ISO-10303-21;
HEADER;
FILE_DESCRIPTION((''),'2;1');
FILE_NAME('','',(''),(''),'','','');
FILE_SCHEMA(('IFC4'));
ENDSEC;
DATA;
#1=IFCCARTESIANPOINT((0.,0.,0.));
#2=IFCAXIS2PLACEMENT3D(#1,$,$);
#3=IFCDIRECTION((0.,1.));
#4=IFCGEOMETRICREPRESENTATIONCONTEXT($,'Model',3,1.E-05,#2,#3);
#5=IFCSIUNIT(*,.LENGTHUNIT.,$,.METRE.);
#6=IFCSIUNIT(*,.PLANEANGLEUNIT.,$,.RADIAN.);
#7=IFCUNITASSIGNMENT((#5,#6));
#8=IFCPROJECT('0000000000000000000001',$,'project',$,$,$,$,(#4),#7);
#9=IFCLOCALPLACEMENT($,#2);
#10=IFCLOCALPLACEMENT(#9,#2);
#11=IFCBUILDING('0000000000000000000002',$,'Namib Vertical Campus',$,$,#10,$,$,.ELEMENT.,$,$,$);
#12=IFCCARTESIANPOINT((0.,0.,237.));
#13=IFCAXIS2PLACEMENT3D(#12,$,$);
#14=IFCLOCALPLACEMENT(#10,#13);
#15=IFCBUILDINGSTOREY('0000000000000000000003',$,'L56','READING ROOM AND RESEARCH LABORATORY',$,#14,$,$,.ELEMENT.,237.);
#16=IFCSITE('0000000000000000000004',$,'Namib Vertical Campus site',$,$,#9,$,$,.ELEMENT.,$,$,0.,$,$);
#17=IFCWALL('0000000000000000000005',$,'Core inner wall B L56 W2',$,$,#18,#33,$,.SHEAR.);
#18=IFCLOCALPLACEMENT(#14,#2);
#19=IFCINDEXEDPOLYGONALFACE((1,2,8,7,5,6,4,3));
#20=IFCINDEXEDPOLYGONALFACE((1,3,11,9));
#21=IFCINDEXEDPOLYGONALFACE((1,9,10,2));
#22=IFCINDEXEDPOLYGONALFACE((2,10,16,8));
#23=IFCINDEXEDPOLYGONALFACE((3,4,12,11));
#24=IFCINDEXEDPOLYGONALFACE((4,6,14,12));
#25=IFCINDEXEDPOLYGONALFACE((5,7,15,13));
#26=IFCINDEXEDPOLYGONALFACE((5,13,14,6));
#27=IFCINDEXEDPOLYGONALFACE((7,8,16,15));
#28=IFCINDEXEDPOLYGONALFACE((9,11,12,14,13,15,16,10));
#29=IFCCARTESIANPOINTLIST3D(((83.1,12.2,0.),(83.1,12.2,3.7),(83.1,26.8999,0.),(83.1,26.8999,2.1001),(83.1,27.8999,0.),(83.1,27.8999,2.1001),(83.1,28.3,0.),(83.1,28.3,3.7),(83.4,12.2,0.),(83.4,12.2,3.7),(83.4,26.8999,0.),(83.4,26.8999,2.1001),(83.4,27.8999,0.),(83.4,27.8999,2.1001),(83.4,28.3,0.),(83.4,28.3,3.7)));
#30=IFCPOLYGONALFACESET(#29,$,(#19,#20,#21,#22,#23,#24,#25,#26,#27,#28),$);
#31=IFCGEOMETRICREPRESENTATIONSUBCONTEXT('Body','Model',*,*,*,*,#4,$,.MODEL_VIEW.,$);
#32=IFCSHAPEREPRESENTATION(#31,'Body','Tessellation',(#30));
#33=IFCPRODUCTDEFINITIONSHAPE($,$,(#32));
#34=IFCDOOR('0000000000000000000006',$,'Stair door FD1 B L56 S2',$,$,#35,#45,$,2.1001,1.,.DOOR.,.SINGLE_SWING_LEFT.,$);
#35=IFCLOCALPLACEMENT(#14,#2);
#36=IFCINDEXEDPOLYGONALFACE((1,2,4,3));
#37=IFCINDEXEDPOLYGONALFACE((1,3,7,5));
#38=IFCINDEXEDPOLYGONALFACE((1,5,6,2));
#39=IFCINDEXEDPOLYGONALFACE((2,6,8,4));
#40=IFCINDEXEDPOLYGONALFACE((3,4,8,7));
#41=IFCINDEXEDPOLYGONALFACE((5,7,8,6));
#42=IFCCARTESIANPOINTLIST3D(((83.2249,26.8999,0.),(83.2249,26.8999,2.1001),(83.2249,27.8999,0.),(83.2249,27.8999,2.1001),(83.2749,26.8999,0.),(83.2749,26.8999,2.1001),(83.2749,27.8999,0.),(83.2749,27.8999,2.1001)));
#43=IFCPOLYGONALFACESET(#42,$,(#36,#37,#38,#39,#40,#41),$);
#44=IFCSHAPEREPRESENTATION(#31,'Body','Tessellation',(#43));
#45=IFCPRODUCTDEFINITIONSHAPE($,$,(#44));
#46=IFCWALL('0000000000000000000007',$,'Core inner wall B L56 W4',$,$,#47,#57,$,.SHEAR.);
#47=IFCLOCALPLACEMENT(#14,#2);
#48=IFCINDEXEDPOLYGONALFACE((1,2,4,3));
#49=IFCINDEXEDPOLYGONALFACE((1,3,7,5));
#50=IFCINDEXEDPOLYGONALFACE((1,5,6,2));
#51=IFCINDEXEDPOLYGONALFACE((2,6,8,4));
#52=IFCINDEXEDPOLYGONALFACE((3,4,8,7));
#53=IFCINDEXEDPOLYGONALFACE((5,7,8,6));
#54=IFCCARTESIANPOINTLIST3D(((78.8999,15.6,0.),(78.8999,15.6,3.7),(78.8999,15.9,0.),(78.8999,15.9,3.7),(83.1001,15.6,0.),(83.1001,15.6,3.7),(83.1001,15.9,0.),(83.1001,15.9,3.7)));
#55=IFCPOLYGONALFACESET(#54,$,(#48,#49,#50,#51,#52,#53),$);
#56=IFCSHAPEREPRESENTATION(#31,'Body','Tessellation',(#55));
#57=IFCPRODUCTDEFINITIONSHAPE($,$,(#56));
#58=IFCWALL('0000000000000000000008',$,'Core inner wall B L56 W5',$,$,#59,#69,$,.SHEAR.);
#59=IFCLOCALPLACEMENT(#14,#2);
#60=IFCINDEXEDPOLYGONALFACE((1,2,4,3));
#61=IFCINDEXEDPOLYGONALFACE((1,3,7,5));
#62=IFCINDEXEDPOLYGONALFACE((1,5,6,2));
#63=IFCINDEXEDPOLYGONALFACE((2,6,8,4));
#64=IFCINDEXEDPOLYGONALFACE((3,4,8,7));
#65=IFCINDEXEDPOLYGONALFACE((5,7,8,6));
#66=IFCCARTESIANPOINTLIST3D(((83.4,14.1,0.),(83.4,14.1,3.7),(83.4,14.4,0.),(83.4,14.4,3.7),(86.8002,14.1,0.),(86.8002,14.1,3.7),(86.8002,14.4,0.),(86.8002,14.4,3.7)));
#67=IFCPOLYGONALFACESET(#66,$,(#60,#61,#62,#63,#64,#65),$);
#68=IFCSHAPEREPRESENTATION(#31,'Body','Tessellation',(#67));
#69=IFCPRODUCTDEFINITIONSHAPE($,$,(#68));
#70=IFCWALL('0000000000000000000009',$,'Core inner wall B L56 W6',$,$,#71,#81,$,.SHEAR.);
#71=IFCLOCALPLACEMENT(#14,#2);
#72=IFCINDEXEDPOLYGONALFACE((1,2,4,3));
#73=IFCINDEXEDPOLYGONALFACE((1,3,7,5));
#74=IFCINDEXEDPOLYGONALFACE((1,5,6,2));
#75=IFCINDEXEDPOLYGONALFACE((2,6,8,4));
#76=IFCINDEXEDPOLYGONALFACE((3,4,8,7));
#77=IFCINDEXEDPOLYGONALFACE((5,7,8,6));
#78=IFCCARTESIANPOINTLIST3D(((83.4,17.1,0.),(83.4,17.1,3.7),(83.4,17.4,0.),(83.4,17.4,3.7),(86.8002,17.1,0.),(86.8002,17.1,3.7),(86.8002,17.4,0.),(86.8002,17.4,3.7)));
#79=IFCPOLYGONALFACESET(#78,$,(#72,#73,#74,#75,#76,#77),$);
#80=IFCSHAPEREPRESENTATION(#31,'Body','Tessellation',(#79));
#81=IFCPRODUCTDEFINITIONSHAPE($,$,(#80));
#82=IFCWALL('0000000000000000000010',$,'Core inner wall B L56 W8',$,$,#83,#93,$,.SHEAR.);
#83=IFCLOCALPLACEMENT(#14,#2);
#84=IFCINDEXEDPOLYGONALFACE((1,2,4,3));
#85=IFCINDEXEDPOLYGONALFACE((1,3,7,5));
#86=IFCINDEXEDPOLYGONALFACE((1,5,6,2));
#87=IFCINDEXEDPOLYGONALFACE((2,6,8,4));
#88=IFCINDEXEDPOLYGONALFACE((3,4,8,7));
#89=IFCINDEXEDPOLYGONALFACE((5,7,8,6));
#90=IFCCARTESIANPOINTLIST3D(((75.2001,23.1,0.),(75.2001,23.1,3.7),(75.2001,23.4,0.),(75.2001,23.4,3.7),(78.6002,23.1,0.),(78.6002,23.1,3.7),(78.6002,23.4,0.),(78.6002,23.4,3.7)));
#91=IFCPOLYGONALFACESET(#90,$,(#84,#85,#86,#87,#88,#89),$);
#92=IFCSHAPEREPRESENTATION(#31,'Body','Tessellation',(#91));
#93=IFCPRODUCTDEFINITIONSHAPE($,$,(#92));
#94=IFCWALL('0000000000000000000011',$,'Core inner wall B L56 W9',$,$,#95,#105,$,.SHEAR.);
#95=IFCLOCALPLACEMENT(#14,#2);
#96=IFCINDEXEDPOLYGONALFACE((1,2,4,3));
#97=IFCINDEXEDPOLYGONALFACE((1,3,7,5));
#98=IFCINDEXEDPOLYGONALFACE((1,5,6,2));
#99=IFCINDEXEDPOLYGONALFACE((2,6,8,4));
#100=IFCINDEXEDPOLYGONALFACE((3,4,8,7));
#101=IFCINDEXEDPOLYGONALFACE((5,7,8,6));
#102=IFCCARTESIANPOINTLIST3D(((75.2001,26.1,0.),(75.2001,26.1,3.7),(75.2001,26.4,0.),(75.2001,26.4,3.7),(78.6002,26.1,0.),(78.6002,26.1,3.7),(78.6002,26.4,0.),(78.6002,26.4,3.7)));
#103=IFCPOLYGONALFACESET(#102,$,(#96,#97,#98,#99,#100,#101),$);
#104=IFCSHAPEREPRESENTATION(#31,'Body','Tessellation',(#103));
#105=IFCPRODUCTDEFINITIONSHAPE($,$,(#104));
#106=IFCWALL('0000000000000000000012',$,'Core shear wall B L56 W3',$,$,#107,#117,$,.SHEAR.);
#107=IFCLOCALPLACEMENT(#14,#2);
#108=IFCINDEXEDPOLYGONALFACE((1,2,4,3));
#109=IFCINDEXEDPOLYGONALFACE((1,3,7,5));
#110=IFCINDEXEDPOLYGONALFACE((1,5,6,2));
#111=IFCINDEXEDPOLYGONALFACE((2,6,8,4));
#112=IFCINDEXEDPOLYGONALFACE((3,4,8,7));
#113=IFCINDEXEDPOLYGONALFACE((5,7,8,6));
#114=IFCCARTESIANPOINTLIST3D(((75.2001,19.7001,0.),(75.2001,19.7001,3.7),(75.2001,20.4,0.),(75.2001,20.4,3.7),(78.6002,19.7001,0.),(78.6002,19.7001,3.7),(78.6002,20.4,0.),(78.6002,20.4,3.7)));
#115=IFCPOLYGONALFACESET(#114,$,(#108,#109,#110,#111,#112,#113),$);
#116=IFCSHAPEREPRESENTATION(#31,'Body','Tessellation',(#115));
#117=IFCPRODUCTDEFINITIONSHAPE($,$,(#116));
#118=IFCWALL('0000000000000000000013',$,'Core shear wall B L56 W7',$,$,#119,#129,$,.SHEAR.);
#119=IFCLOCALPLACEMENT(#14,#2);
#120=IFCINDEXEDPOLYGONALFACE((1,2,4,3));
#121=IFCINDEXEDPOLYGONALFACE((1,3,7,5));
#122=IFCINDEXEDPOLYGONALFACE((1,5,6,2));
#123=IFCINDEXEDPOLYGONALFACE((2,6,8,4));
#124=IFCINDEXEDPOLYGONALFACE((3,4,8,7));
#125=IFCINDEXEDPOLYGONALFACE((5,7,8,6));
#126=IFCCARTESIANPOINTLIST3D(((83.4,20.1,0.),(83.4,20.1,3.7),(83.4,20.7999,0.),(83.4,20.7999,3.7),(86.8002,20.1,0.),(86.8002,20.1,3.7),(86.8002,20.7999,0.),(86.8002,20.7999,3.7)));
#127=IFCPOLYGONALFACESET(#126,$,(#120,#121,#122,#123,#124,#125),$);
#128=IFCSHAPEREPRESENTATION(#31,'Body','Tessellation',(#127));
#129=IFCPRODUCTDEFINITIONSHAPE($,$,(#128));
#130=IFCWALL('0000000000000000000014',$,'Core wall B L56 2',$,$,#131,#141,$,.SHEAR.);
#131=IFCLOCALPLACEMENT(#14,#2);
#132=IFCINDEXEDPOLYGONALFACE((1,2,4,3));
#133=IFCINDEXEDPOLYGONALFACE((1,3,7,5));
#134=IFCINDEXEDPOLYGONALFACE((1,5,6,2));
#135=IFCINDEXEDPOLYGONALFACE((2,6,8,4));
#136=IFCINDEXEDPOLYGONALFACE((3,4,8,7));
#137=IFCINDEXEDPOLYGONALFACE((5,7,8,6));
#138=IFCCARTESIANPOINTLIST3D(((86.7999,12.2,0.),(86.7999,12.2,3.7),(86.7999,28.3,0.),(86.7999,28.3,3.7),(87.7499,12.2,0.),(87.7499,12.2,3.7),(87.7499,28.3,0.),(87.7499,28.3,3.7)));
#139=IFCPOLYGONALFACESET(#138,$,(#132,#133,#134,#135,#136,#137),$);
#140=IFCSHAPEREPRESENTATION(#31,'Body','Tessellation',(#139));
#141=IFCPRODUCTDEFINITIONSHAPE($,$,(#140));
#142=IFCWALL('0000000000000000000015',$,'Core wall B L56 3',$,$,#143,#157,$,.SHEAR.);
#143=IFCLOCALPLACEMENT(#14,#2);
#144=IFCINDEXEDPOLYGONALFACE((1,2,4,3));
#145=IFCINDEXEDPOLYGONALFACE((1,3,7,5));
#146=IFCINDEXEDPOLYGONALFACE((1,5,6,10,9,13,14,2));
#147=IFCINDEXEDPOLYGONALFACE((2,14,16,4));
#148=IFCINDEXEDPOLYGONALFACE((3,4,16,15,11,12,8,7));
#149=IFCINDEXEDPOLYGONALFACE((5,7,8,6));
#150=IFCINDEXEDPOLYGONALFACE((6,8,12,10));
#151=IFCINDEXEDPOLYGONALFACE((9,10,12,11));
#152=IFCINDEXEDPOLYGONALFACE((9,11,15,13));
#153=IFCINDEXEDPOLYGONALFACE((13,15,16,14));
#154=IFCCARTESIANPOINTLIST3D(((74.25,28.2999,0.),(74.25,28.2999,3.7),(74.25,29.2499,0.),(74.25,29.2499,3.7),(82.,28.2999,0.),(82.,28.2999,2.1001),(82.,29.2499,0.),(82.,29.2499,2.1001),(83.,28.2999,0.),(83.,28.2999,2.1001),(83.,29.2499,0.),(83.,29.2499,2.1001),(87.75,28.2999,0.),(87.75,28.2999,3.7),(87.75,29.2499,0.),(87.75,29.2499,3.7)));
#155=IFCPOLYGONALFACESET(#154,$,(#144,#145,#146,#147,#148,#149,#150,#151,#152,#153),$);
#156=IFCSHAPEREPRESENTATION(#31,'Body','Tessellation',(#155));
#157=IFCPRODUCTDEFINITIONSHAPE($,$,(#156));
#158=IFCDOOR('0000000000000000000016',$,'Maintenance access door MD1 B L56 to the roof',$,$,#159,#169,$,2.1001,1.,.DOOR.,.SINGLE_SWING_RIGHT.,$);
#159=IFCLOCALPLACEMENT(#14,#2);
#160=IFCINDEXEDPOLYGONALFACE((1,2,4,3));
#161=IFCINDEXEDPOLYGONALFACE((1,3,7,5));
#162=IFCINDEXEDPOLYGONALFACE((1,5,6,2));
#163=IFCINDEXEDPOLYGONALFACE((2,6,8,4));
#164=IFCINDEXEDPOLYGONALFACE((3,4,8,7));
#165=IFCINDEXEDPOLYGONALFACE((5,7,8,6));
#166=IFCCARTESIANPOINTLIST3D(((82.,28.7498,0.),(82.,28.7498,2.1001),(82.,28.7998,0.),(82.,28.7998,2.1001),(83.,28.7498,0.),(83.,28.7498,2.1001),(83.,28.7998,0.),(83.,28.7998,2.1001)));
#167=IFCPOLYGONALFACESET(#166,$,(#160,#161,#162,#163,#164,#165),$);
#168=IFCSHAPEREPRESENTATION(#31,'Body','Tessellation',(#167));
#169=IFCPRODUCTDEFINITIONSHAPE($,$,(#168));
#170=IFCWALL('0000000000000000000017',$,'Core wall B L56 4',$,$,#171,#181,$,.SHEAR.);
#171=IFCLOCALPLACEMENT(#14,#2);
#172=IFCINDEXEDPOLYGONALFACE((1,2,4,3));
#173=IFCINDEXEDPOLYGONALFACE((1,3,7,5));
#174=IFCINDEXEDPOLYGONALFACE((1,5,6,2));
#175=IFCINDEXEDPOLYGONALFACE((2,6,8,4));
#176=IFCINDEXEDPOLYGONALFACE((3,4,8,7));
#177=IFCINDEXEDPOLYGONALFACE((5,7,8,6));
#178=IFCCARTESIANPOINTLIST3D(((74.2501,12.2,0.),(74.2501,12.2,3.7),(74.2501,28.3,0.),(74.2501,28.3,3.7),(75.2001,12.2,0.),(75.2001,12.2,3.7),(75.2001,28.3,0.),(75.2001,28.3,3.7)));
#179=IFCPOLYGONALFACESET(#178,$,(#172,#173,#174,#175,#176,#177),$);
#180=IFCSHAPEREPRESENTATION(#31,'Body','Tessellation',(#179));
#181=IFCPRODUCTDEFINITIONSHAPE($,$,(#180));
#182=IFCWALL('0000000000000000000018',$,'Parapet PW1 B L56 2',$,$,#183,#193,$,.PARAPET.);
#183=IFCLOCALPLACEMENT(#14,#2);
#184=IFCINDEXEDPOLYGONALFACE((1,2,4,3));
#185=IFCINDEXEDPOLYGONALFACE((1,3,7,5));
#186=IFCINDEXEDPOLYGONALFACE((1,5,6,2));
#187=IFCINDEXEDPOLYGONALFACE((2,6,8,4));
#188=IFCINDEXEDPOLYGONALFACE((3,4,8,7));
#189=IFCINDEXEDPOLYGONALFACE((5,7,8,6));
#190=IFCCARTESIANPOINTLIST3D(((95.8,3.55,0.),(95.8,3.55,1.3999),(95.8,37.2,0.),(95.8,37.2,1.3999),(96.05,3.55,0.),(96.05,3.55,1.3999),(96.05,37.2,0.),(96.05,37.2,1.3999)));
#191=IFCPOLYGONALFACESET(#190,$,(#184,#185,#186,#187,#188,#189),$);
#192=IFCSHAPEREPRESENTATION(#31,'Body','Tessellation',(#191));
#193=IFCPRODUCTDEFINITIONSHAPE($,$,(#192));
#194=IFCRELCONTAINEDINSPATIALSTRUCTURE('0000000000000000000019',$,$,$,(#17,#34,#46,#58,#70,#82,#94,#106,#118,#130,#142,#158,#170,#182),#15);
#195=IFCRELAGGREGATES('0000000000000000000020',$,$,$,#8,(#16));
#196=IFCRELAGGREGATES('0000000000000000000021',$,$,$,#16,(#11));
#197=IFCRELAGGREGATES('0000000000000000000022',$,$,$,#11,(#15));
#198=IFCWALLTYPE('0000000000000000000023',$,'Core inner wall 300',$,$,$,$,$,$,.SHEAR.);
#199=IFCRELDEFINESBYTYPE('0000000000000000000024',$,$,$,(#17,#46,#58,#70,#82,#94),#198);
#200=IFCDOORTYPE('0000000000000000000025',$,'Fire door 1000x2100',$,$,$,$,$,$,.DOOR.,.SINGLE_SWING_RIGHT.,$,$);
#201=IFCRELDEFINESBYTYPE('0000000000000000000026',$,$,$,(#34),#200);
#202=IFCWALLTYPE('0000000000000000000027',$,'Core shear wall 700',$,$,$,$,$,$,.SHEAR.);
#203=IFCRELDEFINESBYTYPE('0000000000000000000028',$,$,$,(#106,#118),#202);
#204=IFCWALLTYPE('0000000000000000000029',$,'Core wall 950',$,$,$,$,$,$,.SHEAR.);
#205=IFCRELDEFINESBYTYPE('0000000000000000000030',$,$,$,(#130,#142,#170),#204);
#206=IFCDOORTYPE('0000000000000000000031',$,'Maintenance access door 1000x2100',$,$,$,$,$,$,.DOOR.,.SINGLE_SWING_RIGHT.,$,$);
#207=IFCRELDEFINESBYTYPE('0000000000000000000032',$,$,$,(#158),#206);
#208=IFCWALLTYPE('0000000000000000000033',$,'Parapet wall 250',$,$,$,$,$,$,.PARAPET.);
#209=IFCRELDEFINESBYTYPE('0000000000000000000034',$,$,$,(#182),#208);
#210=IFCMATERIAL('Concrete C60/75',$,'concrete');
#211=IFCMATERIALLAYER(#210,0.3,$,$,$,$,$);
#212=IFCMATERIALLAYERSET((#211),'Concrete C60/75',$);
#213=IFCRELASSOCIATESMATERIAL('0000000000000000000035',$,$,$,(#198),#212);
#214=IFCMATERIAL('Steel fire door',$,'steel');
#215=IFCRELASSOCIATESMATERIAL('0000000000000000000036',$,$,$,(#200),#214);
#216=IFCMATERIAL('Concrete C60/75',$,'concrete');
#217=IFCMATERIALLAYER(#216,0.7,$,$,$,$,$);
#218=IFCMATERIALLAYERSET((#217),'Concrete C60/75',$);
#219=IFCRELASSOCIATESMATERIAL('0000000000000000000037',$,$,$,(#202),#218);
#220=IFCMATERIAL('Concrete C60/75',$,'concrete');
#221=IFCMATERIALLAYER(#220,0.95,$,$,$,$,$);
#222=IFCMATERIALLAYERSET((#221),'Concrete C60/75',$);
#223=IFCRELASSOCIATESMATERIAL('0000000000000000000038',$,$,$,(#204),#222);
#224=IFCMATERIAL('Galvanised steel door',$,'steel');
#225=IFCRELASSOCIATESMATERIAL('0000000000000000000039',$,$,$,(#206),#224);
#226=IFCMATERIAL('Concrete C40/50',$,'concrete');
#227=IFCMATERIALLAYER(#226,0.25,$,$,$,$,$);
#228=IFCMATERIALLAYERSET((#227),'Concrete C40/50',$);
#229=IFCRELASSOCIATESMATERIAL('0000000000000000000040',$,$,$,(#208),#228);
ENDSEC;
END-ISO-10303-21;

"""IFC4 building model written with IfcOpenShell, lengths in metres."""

from ifc_helpers import new_model, si_unit, direction, frame, frame_2d, origin, place, context, subcontext, project, spatial, rectangle, extrude, material, layer, layer_set, type_object, element, fill, save


model = new_model("IFC4")

# Units and contexts
model_context = context("Model", 3, precision=1e-05, world=origin(), true_north=direction((0.0, 1.0)))
body_context = subcontext(model_context, "Body", "Model", "MODEL_VIEW")
ifc_project = project(units=[si_unit("LENGTHUNIT", "METRE"), si_unit("PLANEANGLEUNIT", "RADIAN")], contexts=[model_context])

# Site, building, storey
site_placement = place(None, origin())
site = spatial("IfcSite", under=ifc_project, at=site_placement, Name="Namib Vertical Campus site", CompositionType="ELEMENT", RefElevation=0.0)
building_placement = place(site_placement, origin())
building = spatial("IfcBuilding", under=site, at=building_placement, Name="Namib Vertical Campus", CompositionType="ELEMENT")
storey_placement = place(building_placement, frame((0.0, 0.0, 237.0)))
storey = spatial("IfcBuildingStorey", under=building, at=storey_placement, Name="L56", Description="READING ROOM AND RESEARCH LABORATORY", CompositionType="ELEMENT", Elevation=237.0)

# Shared definitions
ifc_material_1 = material(Name="Concrete C60/75", Category="concrete")
ifc_layer_1 = layer(ifc_material_1, 0.3)
ifc_layer_set_1 = layer_set([ifc_layer_1], Name="Concrete C60/75")
wall_type_1 = type_object("IfcWallType", Name="Core inner wall 300", PredefinedType="SHEAR", material=ifc_layer_set_1)

# Wall, opening, door
wall_1_placement = place(storey_placement, frame((83.25, 12.2, 0.0), z_axis=(0.0, 0.0, 1.0), x_axis=(0.0, 1.0, 0.0)))
wall_1 = element("IfcWall", 1, at=wall_1_placement, inside=storey, type_object=wall_type_1, Name="Core inner wall B L56 W2", PredefinedType="SHEAR", context=body_context, shape_type="SweptSolid", body=[
    extrude(rectangle(XDim=16.1001, YDim=0.3, at=frame_2d((8.05, 0.0))), origin(), (0.0, 0.0, 1.0), 3.7),
])
opening_1_placement = place(wall_1_placement, frame((14.7, 0.0, 0.0)))
opening_1 = element("IfcOpeningElement", 2, at=opening_1_placement, cuts=wall_1, PredefinedType="OPENING", context=body_context, shape_type="SweptSolid", body=[
    extrude(rectangle(XDim=1.0, YDim=2.1001, at=frame_2d((0.5, 1.05))), frame((0.0, 0.1599, 0.0), z_axis=(0.0, -1.0, 0.0), x_axis=(1.0, 0.0, 0.0)), (0.0, 0.0, 1.0), 0.3201),
])
ifc_material_2 = material(Name="Steel fire door", Category="steel")
door_type_1 = type_object("IfcDoorType", Name="Fire door 1000x2100", OperationType="SINGLE_SWING_RIGHT", PredefinedType="DOOR", material=ifc_material_2)
door_1_placement = place(opening_1_placement, frame((1.0, 0.0, 0.0), z_axis=(0.0, 0.0, 1.0), x_axis=(-1.0, 0.0, 0.0)))
door_1 = element("IfcDoor", 3, at=door_1_placement, inside=storey, type_object=door_type_1, Name="Stair door FD1 B L56 S2", OperationType="SINGLE_SWING_LEFT", OverallHeight=2.1001, OverallWidth=1.0, PredefinedType="DOOR", context=body_context, shape_type="SweptSolid", body=[
    extrude(rectangle(XDim=1.0, YDim=2.1001, at=frame_2d((0.5, 1.05))), frame((0.0, 0.0249, 0.0), z_axis=(0.0, -1.0, 0.0), x_axis=(1.0, 0.0, 0.0)), (0.0, 0.0, 1.0), 0.05),
])
fill(opening_1, door_1)

# Walls
wall_2_placement = place(storey_placement, frame((78.8999, 15.75, 0.0), z_axis=(0.0, 0.0, 1.0), x_axis=(1.0, 0.0, 0.0)))
element("IfcWall", 4, at=wall_2_placement, inside=storey, type_object=wall_type_1, Name="Core inner wall B L56 W4", PredefinedType="SHEAR", context=body_context, shape_type="SweptSolid", body=[
    extrude(rectangle(XDim=4.2002, YDim=0.3, at=frame_2d((2.1001, 0.0))), origin(), (0.0, 0.0, 1.0), 3.7),
])
for number, where, z_axis, x_axis, name in (
    (5, (83.3999, 14.25, 0.0), (0.0, 0.0, 1.0), (1.0, 0.0, 0.0), "Core inner wall B L56 W5"),
    (6, (83.3999, 17.25, 0.0), (0.0, 0.0, 1.0), (1.0, 0.0, 0.0), "Core inner wall B L56 W6"),
    (7, (75.2, 23.25, 0.0), (0.0, 0.0, 1.0), (1.0, 0.0, 0.0), "Core inner wall B L56 W8"),
    (8, (75.2, 26.25, 0.0), (0.0, 0.0, 1.0), (1.0, 0.0, 0.0), "Core inner wall B L56 W9"),
):
    element("IfcWall", number, at=place(storey_placement, frame(where, z_axis=z_axis, x_axis=x_axis)), inside=storey, type_object=wall_type_1, Name=name, PredefinedType="SHEAR", context=body_context, shape_type="SweptSolid", body=[
        extrude(rectangle(XDim=3.4001, YDim=0.3, at=frame_2d((1.7002, 0.0))), origin(), (0.0, 0.0, 1.0), 3.7),
    ])
ifc_material_3 = material(Name="Concrete C60/75", Category="concrete")
ifc_layer_2 = layer(ifc_material_3, 0.7)
ifc_layer_set_2 = layer_set([ifc_layer_2], Name="Concrete C60/75")
wall_type_2 = type_object("IfcWallType", Name="Core shear wall 700", PredefinedType="SHEAR", material=ifc_layer_set_2)
for number, where, z_axis, x_axis, name in (
    (9, (75.2, 20.05, 0.0), (0.0, 0.0, 1.0), (1.0, 0.0, 0.0), "Core shear wall B L56 W3"),
    (10, (83.3999, 20.45, 0.0), (0.0, 0.0, 1.0), (1.0, 0.0, 0.0), "Core shear wall B L56 W7"),
):
    element("IfcWall", number, at=place(storey_placement, frame(where, z_axis=z_axis, x_axis=x_axis)), inside=storey, type_object=wall_type_2, Name=name, PredefinedType="SHEAR", context=body_context, shape_type="SweptSolid", body=[
        extrude(rectangle(XDim=3.4001, YDim=0.7, at=frame_2d((1.7002, 0.0))), origin(), (0.0, 0.0, 1.0), 3.7),
    ])
ifc_material_4 = material(Name="Concrete C60/75", Category="concrete")
ifc_layer_3 = layer(ifc_material_4, 0.95)
ifc_layer_set_3 = layer_set([ifc_layer_3], Name="Concrete C60/75")
wall_type_3 = type_object("IfcWallType", Name="Core wall 950", PredefinedType="SHEAR", material=ifc_layer_set_3)
wall_3_placement = place(storey_placement, frame((87.2749, 12.2, 0.0), z_axis=(0.0, 0.0, 1.0), x_axis=(0.0, 1.0, 0.0)))
element("IfcWall", 11, at=wall_3_placement, inside=storey, type_object=wall_type_3, Name="Core wall B L56 2", PredefinedType="SHEAR", context=body_context, shape_type="SweptSolid", body=[
    extrude(rectangle(XDim=16.1001, YDim=0.95, at=frame_2d((8.05, 0.0))), origin(), (0.0, 0.0, 1.0), 3.7),
])

# Wall, opening, door
wall_4_placement = place(storey_placement, frame((87.75, 28.7749, 0.0), z_axis=(0.0, 0.0, 1.0), x_axis=(-1.0, 0.0, 0.0)))
wall_4 = element("IfcWall", 12, at=wall_4_placement, inside=storey, type_object=wall_type_3, Name="Core wall B L56 3", PredefinedType="SHEAR", context=body_context, shape_type="SweptSolid", body=[
    extrude(rectangle(XDim=13.5, YDim=0.95, at=frame_2d((6.75, 0.0))), origin(), (0.0, 0.0, 1.0), 3.7),
])
opening_2_placement = place(wall_4_placement, frame((4.75, 0.0, 0.0)))
opening_2 = element("IfcOpeningElement", 13, at=opening_2_placement, cuts=wall_4, PredefinedType="OPENING", context=body_context, shape_type="SweptSolid", body=[
    extrude(rectangle(XDim=1.0, YDim=2.1001, at=frame_2d((0.5, 1.05))), frame((0.0, 0.4849, 0.0), z_axis=(0.0, -1.0, 0.0), x_axis=(1.0, 0.0, 0.0)), (0.0, 0.0, 1.0), 0.97),
])
ifc_material_5 = material(Name="Galvanised steel door", Category="steel")
door_type_2 = type_object("IfcDoorType", Name="Maintenance access door 1000x2100", OperationType="SINGLE_SWING_RIGHT", PredefinedType="DOOR", material=ifc_material_5)
door_2_placement = place(opening_2_placement, frame((1.0, 0.0, 0.0), z_axis=(0.0, 0.0, 1.0), x_axis=(-1.0, 0.0, 0.0)))
door_2 = element("IfcDoor", 14, at=door_2_placement, inside=storey, type_object=door_type_2, Name="Maintenance access door MD1 B L56 to the roof", OperationType="SINGLE_SWING_RIGHT", OverallHeight=2.1001, OverallWidth=1.0, PredefinedType="DOOR", context=body_context, shape_type="SweptSolid", body=[
    extrude(rectangle(XDim=1.0, YDim=2.1001, at=frame_2d((0.5, 1.05))), frame((0.0, 0.0249, 0.0), z_axis=(0.0, -1.0, 0.0), x_axis=(1.0, 0.0, 0.0)), (0.0, 0.0, 1.0), 0.05),
])
fill(opening_2, door_2)

# Walls
wall_5_placement = place(storey_placement, frame((74.7251, 28.3, 0.0), z_axis=(0.0, 0.0, 1.0), x_axis=(0.0, -1.0, 0.0)))
element("IfcWall", 15, at=wall_5_placement, inside=storey, type_object=wall_type_3, Name="Core wall B L56 4", PredefinedType="SHEAR", context=body_context, shape_type="SweptSolid", body=[
    extrude(rectangle(XDim=16.1001, YDim=0.95, at=frame_2d((8.05, 0.0))), origin(), (0.0, 0.0, 1.0), 3.7),
])
ifc_material_6 = material(Name="Concrete C40/50", Category="concrete")
ifc_layer_4 = layer(ifc_material_6, 0.25)
ifc_layer_set_4 = layer_set([ifc_layer_4], Name="Concrete C40/50")
wall_type_4 = type_object("IfcWallType", Name="Parapet wall 250", PredefinedType="PARAPET", material=ifc_layer_set_4)
wall_6_placement = place(storey_placement, frame((95.925, 3.55, 0.0), z_axis=(0.0, 0.0, 1.0), x_axis=(0.0, 1.0, 0.0)))
element("IfcWall", 16, at=wall_6_placement, inside=storey, type_object=wall_type_4, Name="Parapet PW1 B L56 2", PredefinedType="PARAPET", context=body_context, shape_type="SweptSolid", body=[
    extrude(rectangle(XDim=33.6499, YDim=0.25, at=frame_2d((16.825, 0.0))), origin(), (0.0, 0.0, 1.0), 1.3999),
])

save(model, "model.ifc")
